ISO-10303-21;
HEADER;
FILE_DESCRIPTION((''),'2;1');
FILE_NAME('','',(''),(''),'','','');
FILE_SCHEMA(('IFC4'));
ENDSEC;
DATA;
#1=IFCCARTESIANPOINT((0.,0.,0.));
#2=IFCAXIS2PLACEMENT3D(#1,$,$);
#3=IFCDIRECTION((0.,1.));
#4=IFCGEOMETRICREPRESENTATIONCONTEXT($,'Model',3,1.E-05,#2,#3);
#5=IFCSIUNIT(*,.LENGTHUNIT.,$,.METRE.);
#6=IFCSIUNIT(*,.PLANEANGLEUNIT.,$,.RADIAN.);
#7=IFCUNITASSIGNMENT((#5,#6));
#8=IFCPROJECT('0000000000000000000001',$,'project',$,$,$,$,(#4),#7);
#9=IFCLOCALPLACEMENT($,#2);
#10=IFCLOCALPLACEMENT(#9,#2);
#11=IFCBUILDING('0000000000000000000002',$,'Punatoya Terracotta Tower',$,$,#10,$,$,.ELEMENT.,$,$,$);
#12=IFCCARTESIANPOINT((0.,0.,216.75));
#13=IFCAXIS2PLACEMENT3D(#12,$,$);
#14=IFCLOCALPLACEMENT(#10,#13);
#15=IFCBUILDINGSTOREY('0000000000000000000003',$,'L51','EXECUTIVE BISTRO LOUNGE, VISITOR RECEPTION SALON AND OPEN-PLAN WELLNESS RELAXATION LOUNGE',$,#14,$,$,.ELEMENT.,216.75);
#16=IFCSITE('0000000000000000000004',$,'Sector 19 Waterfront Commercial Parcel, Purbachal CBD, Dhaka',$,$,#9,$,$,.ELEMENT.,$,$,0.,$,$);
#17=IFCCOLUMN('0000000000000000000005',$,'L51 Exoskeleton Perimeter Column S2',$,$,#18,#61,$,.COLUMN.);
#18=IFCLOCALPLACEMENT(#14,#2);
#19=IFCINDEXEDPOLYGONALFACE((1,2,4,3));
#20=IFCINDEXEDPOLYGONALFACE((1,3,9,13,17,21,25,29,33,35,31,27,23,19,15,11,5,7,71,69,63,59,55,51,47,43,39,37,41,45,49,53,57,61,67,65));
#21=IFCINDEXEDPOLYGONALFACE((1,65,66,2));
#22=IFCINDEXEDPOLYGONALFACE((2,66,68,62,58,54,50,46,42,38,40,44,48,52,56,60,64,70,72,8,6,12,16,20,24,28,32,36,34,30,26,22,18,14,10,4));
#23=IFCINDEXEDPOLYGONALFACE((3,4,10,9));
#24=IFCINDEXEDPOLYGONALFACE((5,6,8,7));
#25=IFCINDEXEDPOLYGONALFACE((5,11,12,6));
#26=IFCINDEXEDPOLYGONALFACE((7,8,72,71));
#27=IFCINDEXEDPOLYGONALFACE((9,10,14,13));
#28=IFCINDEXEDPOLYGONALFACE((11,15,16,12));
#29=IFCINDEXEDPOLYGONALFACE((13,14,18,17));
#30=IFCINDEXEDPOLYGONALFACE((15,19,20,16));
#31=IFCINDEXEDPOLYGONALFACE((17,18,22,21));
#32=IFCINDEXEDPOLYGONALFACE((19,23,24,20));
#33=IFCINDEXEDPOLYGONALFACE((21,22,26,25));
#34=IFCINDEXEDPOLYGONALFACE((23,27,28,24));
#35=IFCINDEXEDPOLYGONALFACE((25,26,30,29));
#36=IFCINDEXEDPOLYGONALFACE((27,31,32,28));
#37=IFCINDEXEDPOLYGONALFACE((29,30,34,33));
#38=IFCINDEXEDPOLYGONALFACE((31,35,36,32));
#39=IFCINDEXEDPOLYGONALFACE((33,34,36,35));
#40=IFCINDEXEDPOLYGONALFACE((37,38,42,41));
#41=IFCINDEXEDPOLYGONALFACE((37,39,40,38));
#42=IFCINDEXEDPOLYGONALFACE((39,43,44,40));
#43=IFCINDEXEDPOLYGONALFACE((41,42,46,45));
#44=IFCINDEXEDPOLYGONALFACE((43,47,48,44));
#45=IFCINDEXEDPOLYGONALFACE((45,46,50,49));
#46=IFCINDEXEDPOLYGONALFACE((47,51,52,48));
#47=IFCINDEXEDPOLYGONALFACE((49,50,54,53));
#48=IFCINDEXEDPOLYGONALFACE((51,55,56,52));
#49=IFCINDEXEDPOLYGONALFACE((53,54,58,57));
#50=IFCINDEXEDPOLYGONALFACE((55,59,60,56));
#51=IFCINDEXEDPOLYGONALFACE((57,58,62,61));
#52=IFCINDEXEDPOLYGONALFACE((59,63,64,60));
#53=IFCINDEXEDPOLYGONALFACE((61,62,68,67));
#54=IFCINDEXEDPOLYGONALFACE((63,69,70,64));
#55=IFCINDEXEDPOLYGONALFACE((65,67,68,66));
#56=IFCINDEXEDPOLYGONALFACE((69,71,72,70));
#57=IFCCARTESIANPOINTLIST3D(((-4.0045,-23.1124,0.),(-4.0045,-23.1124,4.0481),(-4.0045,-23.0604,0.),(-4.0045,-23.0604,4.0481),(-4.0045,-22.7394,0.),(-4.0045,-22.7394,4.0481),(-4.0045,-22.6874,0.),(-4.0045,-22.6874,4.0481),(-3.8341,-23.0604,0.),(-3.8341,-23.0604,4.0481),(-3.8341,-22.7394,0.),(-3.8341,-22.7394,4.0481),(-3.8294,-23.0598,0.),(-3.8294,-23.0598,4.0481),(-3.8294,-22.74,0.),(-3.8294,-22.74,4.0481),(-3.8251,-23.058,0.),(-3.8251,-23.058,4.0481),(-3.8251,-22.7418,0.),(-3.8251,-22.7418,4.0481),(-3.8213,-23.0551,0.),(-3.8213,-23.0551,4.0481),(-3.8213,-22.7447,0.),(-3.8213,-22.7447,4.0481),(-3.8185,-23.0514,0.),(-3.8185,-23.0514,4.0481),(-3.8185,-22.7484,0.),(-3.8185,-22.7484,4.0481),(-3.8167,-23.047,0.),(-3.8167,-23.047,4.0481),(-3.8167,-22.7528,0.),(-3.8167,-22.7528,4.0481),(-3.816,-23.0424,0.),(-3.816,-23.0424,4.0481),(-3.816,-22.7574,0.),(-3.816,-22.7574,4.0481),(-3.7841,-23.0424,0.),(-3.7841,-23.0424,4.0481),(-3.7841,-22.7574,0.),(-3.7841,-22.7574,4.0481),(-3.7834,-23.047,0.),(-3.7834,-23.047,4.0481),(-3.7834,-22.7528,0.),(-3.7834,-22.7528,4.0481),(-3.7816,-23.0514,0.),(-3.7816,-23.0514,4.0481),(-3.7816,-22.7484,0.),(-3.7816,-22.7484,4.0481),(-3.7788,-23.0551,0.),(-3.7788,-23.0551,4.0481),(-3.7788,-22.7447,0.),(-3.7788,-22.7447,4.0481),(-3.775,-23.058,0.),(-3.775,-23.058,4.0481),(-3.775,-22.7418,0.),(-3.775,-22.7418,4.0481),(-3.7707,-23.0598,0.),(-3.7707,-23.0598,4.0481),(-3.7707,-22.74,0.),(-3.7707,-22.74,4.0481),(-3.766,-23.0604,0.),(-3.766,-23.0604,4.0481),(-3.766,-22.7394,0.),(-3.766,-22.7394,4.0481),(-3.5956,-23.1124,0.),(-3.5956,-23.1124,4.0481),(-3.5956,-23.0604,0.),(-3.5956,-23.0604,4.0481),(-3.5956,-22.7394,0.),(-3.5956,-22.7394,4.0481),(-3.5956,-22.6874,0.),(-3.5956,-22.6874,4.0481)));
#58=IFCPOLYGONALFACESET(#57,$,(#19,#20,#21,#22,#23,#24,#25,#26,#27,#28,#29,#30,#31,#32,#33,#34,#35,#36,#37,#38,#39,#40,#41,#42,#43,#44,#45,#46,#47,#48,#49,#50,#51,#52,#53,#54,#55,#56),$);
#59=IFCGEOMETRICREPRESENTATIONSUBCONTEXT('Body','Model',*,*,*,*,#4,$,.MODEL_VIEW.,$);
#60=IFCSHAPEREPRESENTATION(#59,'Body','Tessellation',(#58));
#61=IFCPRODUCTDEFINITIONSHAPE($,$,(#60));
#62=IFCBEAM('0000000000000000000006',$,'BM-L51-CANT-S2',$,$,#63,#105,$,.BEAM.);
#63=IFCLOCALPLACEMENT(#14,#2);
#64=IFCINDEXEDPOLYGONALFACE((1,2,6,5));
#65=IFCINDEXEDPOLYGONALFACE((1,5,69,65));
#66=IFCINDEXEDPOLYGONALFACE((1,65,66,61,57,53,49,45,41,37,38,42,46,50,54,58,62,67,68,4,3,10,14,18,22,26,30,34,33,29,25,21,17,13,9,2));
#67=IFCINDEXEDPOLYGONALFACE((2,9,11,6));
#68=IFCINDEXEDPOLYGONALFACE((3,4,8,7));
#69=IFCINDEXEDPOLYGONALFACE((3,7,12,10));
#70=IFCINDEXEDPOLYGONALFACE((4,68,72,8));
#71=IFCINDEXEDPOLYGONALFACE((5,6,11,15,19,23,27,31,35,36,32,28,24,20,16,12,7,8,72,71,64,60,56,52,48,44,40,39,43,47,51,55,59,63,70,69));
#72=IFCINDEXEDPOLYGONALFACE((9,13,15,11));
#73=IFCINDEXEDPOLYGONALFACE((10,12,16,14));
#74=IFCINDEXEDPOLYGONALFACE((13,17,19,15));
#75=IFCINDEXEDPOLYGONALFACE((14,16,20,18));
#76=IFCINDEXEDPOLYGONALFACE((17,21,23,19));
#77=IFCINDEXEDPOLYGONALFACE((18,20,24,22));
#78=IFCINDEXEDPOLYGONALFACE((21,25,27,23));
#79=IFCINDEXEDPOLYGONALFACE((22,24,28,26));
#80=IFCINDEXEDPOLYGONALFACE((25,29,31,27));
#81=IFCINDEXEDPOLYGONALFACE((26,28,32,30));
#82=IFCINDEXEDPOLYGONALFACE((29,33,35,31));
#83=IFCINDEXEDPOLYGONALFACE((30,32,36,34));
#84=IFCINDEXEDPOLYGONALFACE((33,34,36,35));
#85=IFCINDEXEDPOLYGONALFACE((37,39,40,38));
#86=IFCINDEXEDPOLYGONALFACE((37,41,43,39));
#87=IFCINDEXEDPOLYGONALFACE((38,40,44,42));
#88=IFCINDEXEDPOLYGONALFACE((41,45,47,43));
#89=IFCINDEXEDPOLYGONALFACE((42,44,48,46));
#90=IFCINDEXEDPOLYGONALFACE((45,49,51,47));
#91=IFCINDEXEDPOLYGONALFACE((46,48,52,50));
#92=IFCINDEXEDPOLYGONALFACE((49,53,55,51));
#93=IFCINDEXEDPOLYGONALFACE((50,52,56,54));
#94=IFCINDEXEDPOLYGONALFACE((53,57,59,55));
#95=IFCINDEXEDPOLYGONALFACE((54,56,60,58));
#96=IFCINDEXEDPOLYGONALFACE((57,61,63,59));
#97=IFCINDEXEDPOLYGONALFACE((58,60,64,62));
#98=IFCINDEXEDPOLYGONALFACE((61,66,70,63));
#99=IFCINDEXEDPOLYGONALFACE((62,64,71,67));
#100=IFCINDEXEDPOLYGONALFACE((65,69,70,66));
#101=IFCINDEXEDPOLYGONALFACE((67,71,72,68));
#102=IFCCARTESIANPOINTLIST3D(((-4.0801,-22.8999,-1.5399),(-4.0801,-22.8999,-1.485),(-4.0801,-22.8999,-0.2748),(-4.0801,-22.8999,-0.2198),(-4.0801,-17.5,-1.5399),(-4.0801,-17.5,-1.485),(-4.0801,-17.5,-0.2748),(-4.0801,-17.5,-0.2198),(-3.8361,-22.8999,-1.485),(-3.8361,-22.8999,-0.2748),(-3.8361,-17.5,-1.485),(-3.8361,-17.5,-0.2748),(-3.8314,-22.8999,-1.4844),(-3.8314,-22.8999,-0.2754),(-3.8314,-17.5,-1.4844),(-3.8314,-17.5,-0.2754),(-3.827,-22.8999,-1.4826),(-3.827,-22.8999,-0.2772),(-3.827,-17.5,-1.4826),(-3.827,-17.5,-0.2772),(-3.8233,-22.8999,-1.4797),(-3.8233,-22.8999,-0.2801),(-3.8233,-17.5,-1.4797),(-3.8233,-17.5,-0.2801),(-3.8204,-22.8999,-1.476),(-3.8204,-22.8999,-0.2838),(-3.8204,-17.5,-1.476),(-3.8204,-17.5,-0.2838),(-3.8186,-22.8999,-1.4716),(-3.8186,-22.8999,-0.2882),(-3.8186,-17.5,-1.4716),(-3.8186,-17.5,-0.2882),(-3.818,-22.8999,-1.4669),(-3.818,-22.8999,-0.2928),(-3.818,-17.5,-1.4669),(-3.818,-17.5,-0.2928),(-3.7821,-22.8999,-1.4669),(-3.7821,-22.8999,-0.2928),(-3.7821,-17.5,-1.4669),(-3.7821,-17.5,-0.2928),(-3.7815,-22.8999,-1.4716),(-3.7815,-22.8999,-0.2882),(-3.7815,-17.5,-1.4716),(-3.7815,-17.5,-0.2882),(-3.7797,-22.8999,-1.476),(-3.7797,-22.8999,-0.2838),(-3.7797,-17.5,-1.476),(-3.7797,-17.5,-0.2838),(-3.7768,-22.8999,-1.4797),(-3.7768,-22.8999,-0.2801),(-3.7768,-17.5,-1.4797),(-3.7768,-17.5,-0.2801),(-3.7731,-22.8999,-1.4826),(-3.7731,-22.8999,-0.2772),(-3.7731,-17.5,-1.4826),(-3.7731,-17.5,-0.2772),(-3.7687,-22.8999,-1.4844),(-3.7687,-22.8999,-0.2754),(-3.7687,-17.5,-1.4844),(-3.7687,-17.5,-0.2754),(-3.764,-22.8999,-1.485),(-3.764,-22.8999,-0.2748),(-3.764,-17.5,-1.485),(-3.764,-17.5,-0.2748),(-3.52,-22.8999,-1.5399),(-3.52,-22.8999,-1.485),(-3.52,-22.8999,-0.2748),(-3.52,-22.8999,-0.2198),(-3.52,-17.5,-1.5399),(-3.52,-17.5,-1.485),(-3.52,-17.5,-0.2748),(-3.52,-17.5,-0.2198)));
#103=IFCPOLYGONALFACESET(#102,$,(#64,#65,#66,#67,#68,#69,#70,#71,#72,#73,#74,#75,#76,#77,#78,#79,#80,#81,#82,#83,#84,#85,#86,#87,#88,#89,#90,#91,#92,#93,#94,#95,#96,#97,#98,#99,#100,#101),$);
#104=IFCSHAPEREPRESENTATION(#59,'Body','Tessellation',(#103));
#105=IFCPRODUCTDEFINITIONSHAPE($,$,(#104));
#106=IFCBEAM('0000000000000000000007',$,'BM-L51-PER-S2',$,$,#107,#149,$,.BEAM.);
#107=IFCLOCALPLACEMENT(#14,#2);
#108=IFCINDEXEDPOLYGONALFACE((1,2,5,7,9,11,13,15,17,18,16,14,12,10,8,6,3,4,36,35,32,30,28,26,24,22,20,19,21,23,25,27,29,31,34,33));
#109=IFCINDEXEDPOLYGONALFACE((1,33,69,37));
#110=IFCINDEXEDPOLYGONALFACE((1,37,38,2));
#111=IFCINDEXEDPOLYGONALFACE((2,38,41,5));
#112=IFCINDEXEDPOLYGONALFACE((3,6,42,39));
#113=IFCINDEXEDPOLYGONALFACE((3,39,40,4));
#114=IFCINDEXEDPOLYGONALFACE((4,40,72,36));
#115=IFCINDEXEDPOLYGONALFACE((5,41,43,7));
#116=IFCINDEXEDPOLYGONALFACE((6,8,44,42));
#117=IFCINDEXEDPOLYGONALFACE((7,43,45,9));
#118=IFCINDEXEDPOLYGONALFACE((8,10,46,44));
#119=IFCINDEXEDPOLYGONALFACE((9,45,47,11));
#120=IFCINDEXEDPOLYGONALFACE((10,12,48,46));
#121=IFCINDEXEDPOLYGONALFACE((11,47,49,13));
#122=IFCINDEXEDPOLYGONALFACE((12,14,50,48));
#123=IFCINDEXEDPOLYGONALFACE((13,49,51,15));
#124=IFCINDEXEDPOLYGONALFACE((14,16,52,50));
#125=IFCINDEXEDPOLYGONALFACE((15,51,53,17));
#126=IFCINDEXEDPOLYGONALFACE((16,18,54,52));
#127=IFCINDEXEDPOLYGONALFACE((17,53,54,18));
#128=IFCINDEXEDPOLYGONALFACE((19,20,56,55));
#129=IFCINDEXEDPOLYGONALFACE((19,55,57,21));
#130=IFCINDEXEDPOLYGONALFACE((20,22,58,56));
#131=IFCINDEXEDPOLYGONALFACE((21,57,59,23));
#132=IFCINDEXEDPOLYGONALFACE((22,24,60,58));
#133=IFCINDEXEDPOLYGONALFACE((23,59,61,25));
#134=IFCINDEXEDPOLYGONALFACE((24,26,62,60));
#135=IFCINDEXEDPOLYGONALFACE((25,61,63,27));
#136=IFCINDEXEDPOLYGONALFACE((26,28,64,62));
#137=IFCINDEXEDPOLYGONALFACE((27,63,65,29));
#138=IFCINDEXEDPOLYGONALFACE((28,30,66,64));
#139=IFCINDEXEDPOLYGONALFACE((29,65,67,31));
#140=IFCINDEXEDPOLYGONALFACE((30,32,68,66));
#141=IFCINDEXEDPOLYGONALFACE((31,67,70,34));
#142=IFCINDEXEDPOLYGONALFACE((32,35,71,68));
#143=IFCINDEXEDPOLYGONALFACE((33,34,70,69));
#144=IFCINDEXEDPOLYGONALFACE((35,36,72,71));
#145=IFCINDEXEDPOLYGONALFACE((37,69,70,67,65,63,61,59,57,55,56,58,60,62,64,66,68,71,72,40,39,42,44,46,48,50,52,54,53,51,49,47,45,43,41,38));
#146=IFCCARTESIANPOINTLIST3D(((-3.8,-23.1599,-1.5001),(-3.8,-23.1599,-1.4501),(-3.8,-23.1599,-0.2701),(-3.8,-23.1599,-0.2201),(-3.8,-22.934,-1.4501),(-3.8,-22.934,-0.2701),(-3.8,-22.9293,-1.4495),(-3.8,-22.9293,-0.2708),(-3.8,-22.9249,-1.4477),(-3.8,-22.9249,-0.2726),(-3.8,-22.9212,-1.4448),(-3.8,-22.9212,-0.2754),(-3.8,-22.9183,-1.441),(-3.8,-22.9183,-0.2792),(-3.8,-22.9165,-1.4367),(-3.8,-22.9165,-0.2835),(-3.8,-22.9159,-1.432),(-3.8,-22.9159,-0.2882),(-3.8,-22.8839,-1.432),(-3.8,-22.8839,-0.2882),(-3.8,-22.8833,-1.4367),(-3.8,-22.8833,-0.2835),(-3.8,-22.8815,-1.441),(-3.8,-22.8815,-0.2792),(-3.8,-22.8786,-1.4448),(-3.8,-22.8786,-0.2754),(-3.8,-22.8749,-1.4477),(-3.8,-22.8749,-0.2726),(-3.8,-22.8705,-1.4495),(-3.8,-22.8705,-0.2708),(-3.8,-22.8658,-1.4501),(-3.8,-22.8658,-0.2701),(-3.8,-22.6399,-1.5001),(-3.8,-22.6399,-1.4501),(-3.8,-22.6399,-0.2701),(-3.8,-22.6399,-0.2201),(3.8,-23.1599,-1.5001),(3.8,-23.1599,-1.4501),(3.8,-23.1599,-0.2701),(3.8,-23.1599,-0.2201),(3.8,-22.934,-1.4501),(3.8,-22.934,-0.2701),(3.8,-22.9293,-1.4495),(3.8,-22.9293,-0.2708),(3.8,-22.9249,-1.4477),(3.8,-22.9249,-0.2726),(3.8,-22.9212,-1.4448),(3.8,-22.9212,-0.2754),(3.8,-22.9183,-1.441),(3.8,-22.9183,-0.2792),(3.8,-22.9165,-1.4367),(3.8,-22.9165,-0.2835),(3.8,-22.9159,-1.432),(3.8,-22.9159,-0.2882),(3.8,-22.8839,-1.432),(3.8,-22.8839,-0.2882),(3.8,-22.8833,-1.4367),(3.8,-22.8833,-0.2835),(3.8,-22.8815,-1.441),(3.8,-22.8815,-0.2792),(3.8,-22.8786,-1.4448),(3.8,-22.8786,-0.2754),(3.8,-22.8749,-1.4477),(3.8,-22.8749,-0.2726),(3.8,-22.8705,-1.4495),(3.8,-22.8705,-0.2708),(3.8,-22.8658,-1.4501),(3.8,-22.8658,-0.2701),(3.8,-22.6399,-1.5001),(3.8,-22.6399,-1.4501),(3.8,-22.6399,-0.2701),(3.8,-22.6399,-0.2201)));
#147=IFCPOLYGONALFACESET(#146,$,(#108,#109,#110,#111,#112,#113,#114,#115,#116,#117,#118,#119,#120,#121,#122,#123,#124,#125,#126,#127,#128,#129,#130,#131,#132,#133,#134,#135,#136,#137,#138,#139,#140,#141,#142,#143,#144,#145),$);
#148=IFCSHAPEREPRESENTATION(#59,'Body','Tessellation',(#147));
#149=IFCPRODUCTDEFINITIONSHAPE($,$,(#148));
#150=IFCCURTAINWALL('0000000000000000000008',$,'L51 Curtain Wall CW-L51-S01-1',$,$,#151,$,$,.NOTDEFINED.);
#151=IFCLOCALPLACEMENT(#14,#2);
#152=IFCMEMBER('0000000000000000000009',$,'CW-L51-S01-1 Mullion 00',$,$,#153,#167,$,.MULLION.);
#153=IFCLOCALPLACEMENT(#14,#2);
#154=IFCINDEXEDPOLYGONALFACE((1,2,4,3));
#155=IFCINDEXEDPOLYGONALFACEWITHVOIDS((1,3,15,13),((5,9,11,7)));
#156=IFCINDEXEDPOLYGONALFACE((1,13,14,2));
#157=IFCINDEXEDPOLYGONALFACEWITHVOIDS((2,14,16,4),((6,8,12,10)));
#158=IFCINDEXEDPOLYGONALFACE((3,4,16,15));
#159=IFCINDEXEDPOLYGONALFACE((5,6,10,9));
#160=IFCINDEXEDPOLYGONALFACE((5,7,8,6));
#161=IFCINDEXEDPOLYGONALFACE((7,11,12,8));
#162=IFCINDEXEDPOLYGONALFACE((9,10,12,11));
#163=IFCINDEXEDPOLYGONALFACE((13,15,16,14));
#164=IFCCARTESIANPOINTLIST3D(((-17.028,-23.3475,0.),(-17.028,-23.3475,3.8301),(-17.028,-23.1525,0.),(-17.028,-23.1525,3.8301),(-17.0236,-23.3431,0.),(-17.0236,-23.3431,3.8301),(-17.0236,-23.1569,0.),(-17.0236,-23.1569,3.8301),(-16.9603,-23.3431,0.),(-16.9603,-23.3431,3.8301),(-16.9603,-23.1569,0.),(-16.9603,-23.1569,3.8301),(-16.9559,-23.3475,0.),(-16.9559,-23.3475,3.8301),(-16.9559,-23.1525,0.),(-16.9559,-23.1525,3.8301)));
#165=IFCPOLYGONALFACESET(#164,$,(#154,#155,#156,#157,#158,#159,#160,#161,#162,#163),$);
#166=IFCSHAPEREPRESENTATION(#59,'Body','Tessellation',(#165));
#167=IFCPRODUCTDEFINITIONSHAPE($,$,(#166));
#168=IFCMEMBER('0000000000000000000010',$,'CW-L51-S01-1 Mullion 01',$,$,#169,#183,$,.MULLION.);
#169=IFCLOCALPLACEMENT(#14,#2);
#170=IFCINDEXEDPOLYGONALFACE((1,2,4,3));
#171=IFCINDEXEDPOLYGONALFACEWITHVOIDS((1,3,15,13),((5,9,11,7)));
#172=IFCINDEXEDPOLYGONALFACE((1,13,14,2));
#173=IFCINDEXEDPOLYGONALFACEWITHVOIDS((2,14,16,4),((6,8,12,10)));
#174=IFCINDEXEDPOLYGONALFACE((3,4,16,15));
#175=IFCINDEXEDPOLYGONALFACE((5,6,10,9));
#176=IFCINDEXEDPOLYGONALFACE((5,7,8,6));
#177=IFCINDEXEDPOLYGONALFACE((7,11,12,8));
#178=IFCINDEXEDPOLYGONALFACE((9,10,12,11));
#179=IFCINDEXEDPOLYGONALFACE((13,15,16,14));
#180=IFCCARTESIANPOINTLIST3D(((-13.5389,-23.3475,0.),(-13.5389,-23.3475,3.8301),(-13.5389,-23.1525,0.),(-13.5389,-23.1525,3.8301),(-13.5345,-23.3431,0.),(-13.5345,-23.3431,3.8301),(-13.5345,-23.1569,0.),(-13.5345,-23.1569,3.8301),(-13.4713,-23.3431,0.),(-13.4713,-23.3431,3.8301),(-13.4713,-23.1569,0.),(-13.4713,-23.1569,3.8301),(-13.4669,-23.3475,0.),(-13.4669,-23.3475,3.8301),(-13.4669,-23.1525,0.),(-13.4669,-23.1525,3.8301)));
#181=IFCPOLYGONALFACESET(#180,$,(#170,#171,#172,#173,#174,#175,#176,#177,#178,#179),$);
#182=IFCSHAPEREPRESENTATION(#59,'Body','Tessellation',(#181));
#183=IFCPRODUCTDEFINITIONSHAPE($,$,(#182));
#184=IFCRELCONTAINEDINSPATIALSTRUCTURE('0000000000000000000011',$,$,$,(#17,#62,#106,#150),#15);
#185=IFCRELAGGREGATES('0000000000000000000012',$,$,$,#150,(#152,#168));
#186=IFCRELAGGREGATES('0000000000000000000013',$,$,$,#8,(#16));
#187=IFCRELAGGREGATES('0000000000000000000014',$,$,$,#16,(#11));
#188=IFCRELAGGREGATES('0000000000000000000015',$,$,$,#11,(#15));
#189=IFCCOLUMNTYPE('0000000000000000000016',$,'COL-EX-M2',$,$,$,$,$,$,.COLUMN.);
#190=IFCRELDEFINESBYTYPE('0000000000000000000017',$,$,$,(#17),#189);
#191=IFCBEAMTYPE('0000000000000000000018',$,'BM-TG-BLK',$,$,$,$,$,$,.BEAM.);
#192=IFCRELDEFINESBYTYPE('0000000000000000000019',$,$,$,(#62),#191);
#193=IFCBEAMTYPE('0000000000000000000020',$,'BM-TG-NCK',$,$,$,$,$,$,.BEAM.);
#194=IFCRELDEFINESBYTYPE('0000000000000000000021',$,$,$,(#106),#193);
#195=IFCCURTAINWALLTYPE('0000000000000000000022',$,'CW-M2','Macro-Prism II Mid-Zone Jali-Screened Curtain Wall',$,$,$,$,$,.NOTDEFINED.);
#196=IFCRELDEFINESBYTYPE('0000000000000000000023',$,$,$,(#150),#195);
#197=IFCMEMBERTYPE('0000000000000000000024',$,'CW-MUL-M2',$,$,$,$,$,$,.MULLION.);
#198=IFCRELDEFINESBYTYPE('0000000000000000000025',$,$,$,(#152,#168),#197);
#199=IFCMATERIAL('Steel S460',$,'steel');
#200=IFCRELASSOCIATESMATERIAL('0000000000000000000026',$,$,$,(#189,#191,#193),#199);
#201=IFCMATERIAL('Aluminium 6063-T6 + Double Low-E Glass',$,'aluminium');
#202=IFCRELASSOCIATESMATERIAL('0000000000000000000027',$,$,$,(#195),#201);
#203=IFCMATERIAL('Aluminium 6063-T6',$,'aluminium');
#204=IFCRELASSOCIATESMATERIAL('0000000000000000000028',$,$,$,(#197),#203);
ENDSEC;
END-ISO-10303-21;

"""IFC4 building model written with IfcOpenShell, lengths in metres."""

from ifc_helpers import new_model, si_unit, direction, frame, origin, origin_2d, place, context, subcontext, project, spatial, hollow_rectangle, i_section, extrude, material, material_profile, profile_set, type_object, element, aggregate, save


model = new_model("IFC4")

# Units and contexts
model_context = context("Model", 3, precision=1e-05, world=origin(), true_north=direction((0.0, 1.0)))
body_context = subcontext(model_context, "Body", "Model", "MODEL_VIEW")
ifc_project = project(units=[si_unit("LENGTHUNIT", "METRE"), si_unit("PLANEANGLEUNIT", "RADIAN")], contexts=[model_context])

# Site, building, storey
site_placement = place(None, origin())
site = spatial("IfcSite", under=ifc_project, at=site_placement, Name="Sector 19 Waterfront Commercial Parcel, Purbachal CBD, Dhaka", CompositionType="ELEMENT", RefElevation=0.0)
building_placement = place(site_placement, origin())
building = spatial("IfcBuilding", under=site, at=building_placement, Name="Punatoya Terracotta Tower", CompositionType="ELEMENT")
storey_placement = place(building_placement, frame((0.0, 0.0, 216.75)))
storey = spatial("IfcBuildingStorey", under=building, at=storey_placement, Name="L51", Description="EXECUTIVE BISTRO LOUNGE, VISITOR RECEPTION SALON AND OPEN-PLAN WELLNESS RELAXATION LOUNGE", CompositionType="ELEMENT", Elevation=216.75)

# Column
ifc_material_1 = material(Name="Steel S460", Category="steel")
ifc_material_profile_1 = material_profile(ifc_material_1, i_section(OverallWidth=0.4089, OverallDepth=0.425, WebThickness=0.032, FlangeThickness=0.052, FilletRadius=0.0181, at=origin_2d()))
ifc_profile_set_1 = profile_set([ifc_material_profile_1], Name="Steel S460")
column_type = type_object("IfcColumnType", Name="COL-EX-M2", PredefinedType="COLUMN", material=ifc_profile_set_1)
column_placement = place(storey_placement, frame((-3.8, -22.8999, 0.0), z_axis=(0.0, 0.0, 1.0), x_axis=(1.0, 0.0, 0.0)))
element("IfcColumn", 1, at=column_placement, inside=storey, type_object=column_type, Name="L51 Exoskeleton Perimeter Column S2", PredefinedType="COLUMN", context=body_context, shape_type="SweptSolid", body=[
    extrude(i_section(OverallWidth=0.4089, OverallDepth=0.425, WebThickness=0.032, FlangeThickness=0.052, FilletRadius=0.0181, at=origin_2d()), origin(), (0.0, 0.0, 1.0), 4.0481),
])

# Beams
ifc_material_profile_2 = material_profile(ifc_material_1, i_section(OverallWidth=0.5601, OverallDepth=1.3201, WebThickness=0.0359, FlangeThickness=0.0549, FilletRadius=0.0181, at=origin_2d()))
ifc_profile_set_2 = profile_set([ifc_material_profile_2], Name="Steel S460")
beam_type_1 = type_object("IfcBeamType", Name="BM-TG-BLK", PredefinedType="BEAM", material=ifc_profile_set_2)
beam_1_placement = place(storey_placement, frame((-3.8, -22.8999, -0.8799), z_axis=(0.0, 1.0, 0.0), x_axis=(-1.0, 0.0, 0.0)))
element("IfcBeam", 2, at=beam_1_placement, inside=storey, type_object=beam_type_1, Name="BM-L51-CANT-S2", PredefinedType="BEAM", context=body_context, shape_type="SweptSolid", body=[
    extrude(i_section(OverallWidth=0.5601, OverallDepth=1.3201, WebThickness=0.0359, FlangeThickness=0.0549, FilletRadius=0.0181, at=origin_2d()), origin(), (0.0, 0.0, 1.0), 5.3999),
])
ifc_material_profile_3 = material_profile(ifc_material_1, i_section(OverallWidth=0.52, OverallDepth=1.28, WebThickness=0.032, FlangeThickness=0.05, FilletRadius=0.0181, at=origin_2d()))
ifc_profile_set_3 = profile_set([ifc_material_profile_3], Name="Steel S460")
beam_type_2 = type_object("IfcBeamType", Name="BM-TG-NCK", PredefinedType="BEAM", material=ifc_profile_set_3)
beam_2_placement = place(storey_placement, frame((-3.8, -22.8999, -0.8601), z_axis=(1.0, 0.0, 0.0), x_axis=(0.0, 1.0, 0.0)))
element("IfcBeam", 3, at=beam_2_placement, inside=storey, type_object=beam_type_2, Name="BM-L51-PER-S2", PredefinedType="BEAM", context=body_context, shape_type="SweptSolid", body=[
    extrude(i_section(OverallWidth=0.52, OverallDepth=1.28, WebThickness=0.032, FlangeThickness=0.05, FilletRadius=0.0181, at=origin_2d()), origin(), (0.0, 0.0, 1.0), 7.6001),
])

# Curtain wall, members
ifc_material_2 = material(Name="Aluminium 6063-T6 + Double Low-E Glass", Category="aluminium")
curtain_wall_type = type_object("IfcCurtainWallType", Name="CW-M2", Description="Macro-Prism II Mid-Zone Jali-Screened Curtain Wall", PredefinedType="NOTDEFINED", material=ifc_material_2)
curtain_wall_1_placement = place(storey_placement, origin())
curtain_wall_1 = element("IfcCurtainWall", 4, at=curtain_wall_1_placement, inside=storey, type_object=curtain_wall_type, Name="L51 Curtain Wall CW-L51-S01-1", PredefinedType="NOTDEFINED")
ifc_material_3 = material(Name="Aluminium 6063-T6", Category="aluminium")
ifc_material_profile_4 = material_profile(ifc_material_3, hollow_rectangle(XDim=0.072, YDim=0.1951, WallThickness=0.0044, at=origin_2d()))
ifc_profile_set_4 = profile_set([ifc_material_profile_4], Name="Aluminium 6063-T6")
member_type_1 = type_object("IfcMemberType", Name="CW-MUL-M2", PredefinedType="MULLION", material=ifc_profile_set_4)
member_1_placement = place(storey_placement, frame((-16.9919, -23.25, 0.0), z_axis=(0.0, 0.0, 1.0), x_axis=(1.0, 0.0, 0.0)))
member_1 = element("IfcMember", 5, at=member_1_placement, type_object=member_type_1, Name="CW-L51-S01-1 Mullion 00", PredefinedType="MULLION", context=body_context, shape_type="SweptSolid", body=[
    extrude(hollow_rectangle(XDim=0.072, YDim=0.1951, WallThickness=0.0044, at=origin_2d()), origin(), (0.0, 0.0, 1.0), 3.8301),
])
member_2_placement = place(storey_placement, frame((-13.5029, -23.25, 0.0), z_axis=(0.0, 0.0, 1.0), x_axis=(1.0, 0.0, 0.0)))
member_2 = element("IfcMember", 6, at=member_2_placement, type_object=member_type_1, Name="CW-L51-S01-1 Mullion 01", PredefinedType="MULLION", context=body_context, shape_type="SweptSolid", body=[
    extrude(hollow_rectangle(XDim=0.072, YDim=0.1951, WallThickness=0.0044, at=origin_2d()), origin(), (0.0, 0.0, 1.0), 3.8301),
])

aggregate(curtain_wall_1, [member_1, member_2])

save(model, "model.ifc")
